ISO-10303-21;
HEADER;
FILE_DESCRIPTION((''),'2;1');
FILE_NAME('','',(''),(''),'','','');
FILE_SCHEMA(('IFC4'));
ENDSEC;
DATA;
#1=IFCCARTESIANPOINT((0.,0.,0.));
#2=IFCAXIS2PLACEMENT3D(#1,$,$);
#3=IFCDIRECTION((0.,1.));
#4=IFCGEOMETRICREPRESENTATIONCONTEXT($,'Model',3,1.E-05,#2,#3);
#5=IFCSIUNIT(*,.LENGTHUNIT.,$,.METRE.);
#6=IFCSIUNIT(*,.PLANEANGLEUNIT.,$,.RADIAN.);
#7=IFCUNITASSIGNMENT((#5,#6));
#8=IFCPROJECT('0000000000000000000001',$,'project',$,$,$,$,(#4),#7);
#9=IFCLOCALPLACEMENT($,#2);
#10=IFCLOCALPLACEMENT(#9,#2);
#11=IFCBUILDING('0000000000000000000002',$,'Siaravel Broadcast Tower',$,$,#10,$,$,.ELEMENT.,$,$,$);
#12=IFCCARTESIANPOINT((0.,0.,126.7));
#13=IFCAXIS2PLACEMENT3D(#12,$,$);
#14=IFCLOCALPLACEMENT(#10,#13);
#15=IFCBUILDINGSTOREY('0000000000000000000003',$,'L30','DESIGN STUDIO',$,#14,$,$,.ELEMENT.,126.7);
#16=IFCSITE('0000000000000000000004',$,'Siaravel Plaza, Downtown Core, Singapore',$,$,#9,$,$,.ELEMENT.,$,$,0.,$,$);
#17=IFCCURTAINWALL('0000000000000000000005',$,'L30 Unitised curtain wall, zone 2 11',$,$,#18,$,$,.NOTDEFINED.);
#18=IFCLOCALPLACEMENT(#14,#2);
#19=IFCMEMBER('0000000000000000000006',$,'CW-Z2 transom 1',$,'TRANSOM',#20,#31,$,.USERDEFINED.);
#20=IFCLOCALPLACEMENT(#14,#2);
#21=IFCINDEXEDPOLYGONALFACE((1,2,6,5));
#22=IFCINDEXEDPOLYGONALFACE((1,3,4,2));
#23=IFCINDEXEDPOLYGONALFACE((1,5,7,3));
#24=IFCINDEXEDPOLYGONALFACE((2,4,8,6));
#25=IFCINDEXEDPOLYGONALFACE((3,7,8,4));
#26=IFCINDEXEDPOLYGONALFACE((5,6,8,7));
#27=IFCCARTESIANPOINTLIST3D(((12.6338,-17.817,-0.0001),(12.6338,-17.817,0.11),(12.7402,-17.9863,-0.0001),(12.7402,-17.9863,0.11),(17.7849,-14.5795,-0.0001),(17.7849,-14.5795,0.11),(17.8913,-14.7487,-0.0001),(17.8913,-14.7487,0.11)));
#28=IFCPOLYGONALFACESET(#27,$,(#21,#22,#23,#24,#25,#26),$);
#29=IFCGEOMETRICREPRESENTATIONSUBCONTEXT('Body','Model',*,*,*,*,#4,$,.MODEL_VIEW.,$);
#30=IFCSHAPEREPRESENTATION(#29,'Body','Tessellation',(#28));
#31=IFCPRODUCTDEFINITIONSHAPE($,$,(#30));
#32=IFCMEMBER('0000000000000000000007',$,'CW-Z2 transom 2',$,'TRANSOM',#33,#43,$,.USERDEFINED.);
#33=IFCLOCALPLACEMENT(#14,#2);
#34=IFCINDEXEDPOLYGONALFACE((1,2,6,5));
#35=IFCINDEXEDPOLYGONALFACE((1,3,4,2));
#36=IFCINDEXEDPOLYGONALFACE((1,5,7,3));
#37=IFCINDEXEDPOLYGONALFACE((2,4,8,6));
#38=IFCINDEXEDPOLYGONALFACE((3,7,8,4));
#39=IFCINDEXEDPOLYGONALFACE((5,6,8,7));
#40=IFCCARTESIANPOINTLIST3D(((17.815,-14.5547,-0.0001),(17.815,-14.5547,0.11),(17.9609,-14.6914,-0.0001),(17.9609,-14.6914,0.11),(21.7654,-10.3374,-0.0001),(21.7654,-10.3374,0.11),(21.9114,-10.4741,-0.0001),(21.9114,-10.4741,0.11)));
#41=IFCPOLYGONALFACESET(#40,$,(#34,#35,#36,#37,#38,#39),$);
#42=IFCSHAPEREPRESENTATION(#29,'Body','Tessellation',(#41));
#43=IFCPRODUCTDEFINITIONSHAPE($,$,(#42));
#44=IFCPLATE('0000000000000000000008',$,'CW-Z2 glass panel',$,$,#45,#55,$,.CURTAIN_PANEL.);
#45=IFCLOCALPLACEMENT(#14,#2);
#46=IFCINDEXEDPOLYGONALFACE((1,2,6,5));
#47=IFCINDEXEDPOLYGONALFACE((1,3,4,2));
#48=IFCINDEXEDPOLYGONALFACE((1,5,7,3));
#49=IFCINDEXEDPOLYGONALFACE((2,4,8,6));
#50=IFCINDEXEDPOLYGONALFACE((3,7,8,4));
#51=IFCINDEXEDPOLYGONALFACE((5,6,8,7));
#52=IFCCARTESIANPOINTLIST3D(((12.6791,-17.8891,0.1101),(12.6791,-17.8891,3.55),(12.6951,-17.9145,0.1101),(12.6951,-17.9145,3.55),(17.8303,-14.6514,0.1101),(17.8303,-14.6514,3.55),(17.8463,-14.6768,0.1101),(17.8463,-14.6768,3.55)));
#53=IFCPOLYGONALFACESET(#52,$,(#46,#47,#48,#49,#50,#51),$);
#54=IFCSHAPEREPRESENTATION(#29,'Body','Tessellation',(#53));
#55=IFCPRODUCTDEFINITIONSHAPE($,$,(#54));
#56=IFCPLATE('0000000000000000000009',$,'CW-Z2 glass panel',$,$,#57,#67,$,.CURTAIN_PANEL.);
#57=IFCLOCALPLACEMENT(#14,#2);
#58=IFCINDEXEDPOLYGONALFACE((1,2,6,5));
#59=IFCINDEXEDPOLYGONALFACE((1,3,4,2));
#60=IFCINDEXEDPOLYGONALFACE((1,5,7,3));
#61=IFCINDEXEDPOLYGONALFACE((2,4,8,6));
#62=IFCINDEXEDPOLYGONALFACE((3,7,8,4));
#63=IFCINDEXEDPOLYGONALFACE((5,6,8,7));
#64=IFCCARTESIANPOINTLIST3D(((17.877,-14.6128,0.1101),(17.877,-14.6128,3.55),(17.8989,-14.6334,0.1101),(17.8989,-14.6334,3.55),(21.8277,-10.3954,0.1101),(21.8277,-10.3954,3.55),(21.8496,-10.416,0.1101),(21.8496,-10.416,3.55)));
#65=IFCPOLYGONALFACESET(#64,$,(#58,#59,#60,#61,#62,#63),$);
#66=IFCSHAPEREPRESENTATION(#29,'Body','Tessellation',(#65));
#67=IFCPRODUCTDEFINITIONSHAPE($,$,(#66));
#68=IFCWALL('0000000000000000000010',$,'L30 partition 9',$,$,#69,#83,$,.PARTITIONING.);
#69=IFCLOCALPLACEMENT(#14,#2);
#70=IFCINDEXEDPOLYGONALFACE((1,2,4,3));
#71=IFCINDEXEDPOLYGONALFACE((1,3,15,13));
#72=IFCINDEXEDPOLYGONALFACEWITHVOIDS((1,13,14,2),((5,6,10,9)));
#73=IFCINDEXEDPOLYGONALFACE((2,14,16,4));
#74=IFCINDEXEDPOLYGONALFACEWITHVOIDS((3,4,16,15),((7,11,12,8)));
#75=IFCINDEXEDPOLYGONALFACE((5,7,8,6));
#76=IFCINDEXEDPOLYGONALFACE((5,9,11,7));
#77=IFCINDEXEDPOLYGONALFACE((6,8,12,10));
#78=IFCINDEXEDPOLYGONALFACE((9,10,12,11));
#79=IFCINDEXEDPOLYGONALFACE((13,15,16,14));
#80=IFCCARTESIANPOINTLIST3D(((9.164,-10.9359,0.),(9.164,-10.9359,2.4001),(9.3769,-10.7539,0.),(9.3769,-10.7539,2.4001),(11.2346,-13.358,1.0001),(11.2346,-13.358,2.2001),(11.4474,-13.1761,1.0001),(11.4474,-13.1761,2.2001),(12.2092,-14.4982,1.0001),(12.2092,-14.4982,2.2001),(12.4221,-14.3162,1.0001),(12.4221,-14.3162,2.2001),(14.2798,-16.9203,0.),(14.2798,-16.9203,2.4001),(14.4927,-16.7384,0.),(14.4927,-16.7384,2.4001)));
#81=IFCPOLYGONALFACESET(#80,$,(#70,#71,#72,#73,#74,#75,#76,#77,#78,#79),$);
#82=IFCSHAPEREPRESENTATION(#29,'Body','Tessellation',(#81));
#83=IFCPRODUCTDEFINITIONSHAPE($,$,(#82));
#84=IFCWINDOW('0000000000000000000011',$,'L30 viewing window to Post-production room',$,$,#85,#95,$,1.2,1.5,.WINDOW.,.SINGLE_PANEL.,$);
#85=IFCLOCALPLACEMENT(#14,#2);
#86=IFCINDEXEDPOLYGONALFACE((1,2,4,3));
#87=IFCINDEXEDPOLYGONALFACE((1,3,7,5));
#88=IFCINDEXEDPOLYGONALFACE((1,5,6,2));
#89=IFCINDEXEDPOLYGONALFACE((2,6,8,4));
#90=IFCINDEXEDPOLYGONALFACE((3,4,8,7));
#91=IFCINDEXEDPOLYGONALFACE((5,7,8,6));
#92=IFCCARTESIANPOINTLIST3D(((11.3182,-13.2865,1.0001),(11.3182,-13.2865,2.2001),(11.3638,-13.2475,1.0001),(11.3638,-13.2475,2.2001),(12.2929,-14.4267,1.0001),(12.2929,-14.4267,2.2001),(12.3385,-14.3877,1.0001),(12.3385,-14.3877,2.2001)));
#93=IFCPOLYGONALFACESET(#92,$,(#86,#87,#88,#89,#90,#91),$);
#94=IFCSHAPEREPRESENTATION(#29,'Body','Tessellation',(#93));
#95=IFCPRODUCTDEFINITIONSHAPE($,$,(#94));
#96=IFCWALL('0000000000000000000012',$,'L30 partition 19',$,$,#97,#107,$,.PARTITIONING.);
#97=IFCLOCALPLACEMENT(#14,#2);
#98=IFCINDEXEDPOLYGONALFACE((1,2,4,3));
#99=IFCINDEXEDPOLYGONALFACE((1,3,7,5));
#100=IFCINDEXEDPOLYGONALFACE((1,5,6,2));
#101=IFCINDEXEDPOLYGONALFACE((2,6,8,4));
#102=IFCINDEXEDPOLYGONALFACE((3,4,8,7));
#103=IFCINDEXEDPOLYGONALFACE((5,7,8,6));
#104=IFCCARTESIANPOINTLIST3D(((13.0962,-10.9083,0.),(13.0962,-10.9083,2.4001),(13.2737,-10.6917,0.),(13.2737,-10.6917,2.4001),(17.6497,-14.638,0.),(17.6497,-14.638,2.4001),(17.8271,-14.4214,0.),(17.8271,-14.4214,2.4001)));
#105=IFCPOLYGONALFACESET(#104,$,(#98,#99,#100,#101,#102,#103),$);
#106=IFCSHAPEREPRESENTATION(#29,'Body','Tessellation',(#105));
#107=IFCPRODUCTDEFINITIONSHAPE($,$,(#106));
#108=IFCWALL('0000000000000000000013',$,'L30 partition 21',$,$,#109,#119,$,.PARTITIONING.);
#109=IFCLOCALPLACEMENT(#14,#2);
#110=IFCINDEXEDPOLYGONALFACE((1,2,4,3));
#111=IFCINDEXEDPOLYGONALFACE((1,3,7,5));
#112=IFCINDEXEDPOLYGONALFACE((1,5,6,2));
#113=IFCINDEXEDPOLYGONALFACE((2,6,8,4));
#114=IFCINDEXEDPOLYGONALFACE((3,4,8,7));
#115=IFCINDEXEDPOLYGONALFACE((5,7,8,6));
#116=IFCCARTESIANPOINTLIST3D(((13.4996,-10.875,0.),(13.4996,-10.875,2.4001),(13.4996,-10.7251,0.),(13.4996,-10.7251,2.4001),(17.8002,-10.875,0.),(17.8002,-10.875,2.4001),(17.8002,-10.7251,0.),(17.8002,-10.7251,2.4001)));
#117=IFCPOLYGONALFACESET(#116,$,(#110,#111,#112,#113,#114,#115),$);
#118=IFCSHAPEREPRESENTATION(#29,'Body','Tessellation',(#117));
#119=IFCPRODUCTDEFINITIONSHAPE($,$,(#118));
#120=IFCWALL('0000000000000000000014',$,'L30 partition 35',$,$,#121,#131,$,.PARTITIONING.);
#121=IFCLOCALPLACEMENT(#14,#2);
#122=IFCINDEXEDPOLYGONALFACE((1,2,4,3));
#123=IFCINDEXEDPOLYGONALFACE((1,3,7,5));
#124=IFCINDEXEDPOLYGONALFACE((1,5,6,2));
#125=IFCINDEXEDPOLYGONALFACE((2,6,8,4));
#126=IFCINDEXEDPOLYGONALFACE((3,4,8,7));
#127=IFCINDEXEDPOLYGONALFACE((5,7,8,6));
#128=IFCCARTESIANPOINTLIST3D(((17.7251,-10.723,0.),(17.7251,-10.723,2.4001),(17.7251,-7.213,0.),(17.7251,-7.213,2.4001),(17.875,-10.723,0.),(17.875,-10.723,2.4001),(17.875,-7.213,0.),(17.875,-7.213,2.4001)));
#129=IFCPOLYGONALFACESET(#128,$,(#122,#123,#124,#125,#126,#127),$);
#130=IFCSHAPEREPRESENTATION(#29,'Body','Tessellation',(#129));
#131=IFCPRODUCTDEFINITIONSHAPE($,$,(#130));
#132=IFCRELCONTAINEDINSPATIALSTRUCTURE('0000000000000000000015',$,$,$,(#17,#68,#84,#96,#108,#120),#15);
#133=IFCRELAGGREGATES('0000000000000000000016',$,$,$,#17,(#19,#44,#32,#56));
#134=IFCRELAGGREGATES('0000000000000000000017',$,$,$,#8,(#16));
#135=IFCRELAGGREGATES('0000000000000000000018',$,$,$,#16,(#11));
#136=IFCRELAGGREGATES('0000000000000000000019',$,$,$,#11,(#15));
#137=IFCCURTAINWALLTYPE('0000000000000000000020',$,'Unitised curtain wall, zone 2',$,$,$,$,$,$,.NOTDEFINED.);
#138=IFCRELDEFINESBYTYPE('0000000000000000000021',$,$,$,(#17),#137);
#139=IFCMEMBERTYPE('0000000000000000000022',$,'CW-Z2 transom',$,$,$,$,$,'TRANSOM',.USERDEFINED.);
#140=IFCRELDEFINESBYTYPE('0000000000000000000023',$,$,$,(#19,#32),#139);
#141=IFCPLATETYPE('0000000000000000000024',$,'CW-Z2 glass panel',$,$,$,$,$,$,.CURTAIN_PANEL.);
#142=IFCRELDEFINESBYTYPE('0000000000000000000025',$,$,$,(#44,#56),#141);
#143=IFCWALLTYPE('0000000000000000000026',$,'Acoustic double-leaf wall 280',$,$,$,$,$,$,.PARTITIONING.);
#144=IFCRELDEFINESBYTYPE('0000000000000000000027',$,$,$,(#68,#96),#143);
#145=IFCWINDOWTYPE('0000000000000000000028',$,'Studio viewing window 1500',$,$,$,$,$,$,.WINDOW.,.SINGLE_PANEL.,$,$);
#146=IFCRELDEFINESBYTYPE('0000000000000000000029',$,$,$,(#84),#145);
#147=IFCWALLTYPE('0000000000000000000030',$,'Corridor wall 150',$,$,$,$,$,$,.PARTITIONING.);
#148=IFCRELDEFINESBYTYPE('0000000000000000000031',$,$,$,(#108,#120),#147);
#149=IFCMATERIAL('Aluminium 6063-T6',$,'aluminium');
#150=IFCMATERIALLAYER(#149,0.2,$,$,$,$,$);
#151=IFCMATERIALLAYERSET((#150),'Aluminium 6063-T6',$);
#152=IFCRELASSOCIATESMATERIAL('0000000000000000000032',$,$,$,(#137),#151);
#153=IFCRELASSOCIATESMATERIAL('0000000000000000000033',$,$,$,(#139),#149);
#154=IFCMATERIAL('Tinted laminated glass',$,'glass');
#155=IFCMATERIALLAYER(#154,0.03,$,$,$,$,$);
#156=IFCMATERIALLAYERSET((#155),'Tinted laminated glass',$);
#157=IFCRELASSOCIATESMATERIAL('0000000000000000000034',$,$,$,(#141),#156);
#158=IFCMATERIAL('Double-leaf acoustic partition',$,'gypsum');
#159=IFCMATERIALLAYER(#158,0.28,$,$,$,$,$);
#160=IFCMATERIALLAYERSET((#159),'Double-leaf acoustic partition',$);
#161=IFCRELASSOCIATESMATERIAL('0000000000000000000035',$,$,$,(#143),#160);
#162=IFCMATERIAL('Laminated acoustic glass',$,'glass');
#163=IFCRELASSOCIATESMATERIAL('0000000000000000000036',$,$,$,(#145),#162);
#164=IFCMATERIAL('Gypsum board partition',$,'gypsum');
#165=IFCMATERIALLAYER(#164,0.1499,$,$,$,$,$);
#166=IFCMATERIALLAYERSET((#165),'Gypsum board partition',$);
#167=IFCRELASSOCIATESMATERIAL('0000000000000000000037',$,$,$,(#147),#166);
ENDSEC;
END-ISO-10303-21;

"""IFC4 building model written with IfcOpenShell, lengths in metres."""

from ifc_helpers import new_model, si_unit, direction, frame, frame_2d, origin, origin_2d, place, context, subcontext, project, spatial, rectangle, extrude, material, layer, layer_set, material_profile, profile_set, type_object, element, fill, aggregate, save


model = new_model("IFC4")

# Units and contexts
model_context = context("Model", 3, precision=1e-05, world=origin(), true_north=direction((0.0, 1.0)))
body_context = subcontext(model_context, "Body", "Model", "MODEL_VIEW")
ifc_project = project(units=[si_unit("LENGTHUNIT", "METRE"), si_unit("PLANEANGLEUNIT", "RADIAN")], contexts=[model_context])

# Site, building, storey
site_placement = place(None, origin())
site = spatial("IfcSite", under=ifc_project, at=site_placement, Name="Siaravel Plaza, Downtown Core, Singapore", CompositionType="ELEMENT", RefElevation=0.0)
building_placement = place(site_placement, origin())
building = spatial("IfcBuilding", under=site, at=building_placement, Name="Siaravel Broadcast Tower", CompositionType="ELEMENT")
storey_placement = place(building_placement, frame((0.0, 0.0, 126.7)))
storey = spatial("IfcBuildingStorey", under=building, at=storey_placement, Name="L30", Description="DESIGN STUDIO", CompositionType="ELEMENT", Elevation=126.7)

# Curtain wall
ifc_material_1 = material(Name="Aluminium 6063-T6", Category="aluminium")
ifc_layer_1 = layer(ifc_material_1, 0.2)
ifc_layer_set_1 = layer_set([ifc_layer_1], Name="Aluminium 6063-T6")
curtain_wall_type = type_object("IfcCurtainWallType", Name="Unitised curtain wall, zone 2", PredefinedType="NOTDEFINED", material=ifc_layer_set_1)
curtain_wall_1_placement = place(storey_placement, origin())
curtain_wall_1 = element("IfcCurtainWall", 1, at=curtain_wall_1_placement, inside=storey, type_object=curtain_wall_type, Name="L30 Unitised curtain wall, zone 2 11", PredefinedType="NOTDEFINED")

# Members
ifc_material_profile_1 = material_profile(ifc_material_1, rectangle(XDim=0.2, YDim=0.1101, at=origin_2d()))
ifc_profile_set_1 = profile_set([ifc_material_profile_1], Name="Aluminium 6063-T6")
member_type_1 = type_object("IfcMemberType", Name="CW-Z2 transom", ElementType="TRANSOM", PredefinedType="USERDEFINED", material=ifc_profile_set_1)
member_1_placement = place(storey_placement, frame((12.687, -17.9016, 0.0549), z_axis=(0.846659, 0.532136, 0.0), x_axis=(-0.532136, 0.846659, 0.0)))
member_1 = element("IfcMember", 2, at=member_1_placement, type_object=member_type_1, Name="CW-Z2 transom 1", ObjectType="TRANSOM", PredefinedType="USERDEFINED", context=body_context, shape_type="SweptSolid", body=[
    extrude(rectangle(XDim=0.2, YDim=0.1101, at=origin_2d()), origin(), (0.0, 0.0, 1.0), 6.084),
])
member_2_placement = place(storey_placement, frame((17.8879, -14.623, 0.0549), z_axis=(0.68364, 0.729819, 0.0), x_axis=(-0.729819, 0.68364, 0.0)))
member_2 = element("IfcMember", 3, at=member_2_placement, type_object=member_type_1, Name="CW-Z2 transom 2", ObjectType="TRANSOM", PredefinedType="USERDEFINED", context=body_context, shape_type="SweptSolid", body=[
    extrude(rectangle(XDim=0.2, YDim=0.1101, at=origin_2d()), origin(), (0.0, 0.0, 1.0), 5.7786),
])

# Plates
ifc_material_2 = material(Name="Tinted laminated glass", Category="glass")
ifc_layer_2 = layer(ifc_material_2, 0.03)
ifc_layer_set_2 = layer_set([ifc_layer_2], Name="Tinted laminated glass")
plate_type = type_object("IfcPlateType", Name="CW-Z2 glass panel", PredefinedType="CURTAIN_PANEL", material=ifc_layer_set_2)
plate_1_placement = place(storey_placement, frame((15.2627, -16.283, 0.1101), z_axis=(0.0, 0.0, 1.0), x_axis=(0.846651, 0.532149, 0.0)))
plate_1 = element("IfcPlate", 4, at=plate_1_placement, type_object=plate_type, Name="CW-Z2 glass panel", PredefinedType="CURTAIN_PANEL", context=body_context, shape_type="SweptSolid", body=[
    extrude(rectangle(XDim=6.0842, YDim=0.03, at=origin_2d()), origin(), (0.0, 0.0, 1.0), 3.4399),
])
plate_2_placement = place(storey_placement, frame((19.8633, -12.5144, 0.1101), z_axis=(0.0, 0.0, 1.0), x_axis=(0.683655, 0.729805, 0.0)))
plate_2 = element("IfcPlate", 5, at=plate_2_placement, type_object=plate_type, Name="CW-Z2 glass panel", PredefinedType="CURTAIN_PANEL", context=body_context, shape_type="SweptSolid", body=[
    extrude(rectangle(XDim=5.7788, YDim=0.03, at=origin_2d()), origin(), (0.0, 0.0, 1.0), 3.4399),
])
aggregate(curtain_wall_1, [member_1, plate_1, member_2, plate_2])

# Wall, opening, window
ifc_material_3 = material(Name="Double-leaf acoustic partition", Category="gypsum")
ifc_layer_3 = layer(ifc_material_3, 0.28)
ifc_layer_set_3 = layer_set([ifc_layer_3], Name="Double-leaf acoustic partition")
wall_type_1 = type_object("IfcWallType", Name="Acoustic double-leaf wall 280", PredefinedType="PARTITIONING", material=ifc_layer_set_3)
wall_1_placement = place(storey_placement, frame((14.3862, -16.8293, 0.0), z_axis=(0.0, 0.0, 1.0), x_axis=(-0.649785, 0.760118, 0.0)))
wall_1 = element("IfcWall", 6, at=wall_1_placement, inside=storey, type_object=wall_type_1, Name="L30 partition 9", PredefinedType="PARTITIONING", context=body_context, shape_type="SweptSolid", body=[
    extrude(rectangle(XDim=7.873, YDim=0.28, at=frame_2d((3.9365, 0.0))), origin(), (0.0, 0.0, 1.0), 2.4001),
])
opening_placement = place(wall_1_placement, frame((3.1865, 0.0, 1.0)))
opening = element("IfcOpeningElement", 7, at=opening_placement, cuts=wall_1, PredefinedType="OPENING", context=body_context, shape_type="SweptSolid", body=[
    extrude(rectangle(XDim=1.5, YDim=1.2, at=frame_2d((0.75, 0.6001))), frame((0.0, 0.1499, 0.0), z_axis=(0.0, -1.0, 0.0), x_axis=(1.0, 0.0, 0.0)), (0.0, 0.0, 1.0), 0.3),
])
ifc_material_4 = material(Name="Laminated acoustic glass", Category="glass")
window_type = type_object("IfcWindowType", Name="Studio viewing window 1500", PartitioningType="SINGLE_PANEL", PredefinedType="WINDOW", material=ifc_material_4)
window_placement = place(opening_placement, origin())
window = element("IfcWindow", 8, at=window_placement, inside=storey, type_object=window_type, Name="L30 viewing window to Post-production room", OverallHeight=1.2, OverallWidth=1.5, PartitioningType="SINGLE_PANEL", PredefinedType="WINDOW", context=body_context, shape_type="SweptSolid", body=[
    extrude(rectangle(XDim=1.5, YDim=1.2, at=frame_2d((0.75, 0.6001))), frame((0.0, 0.03, 0.0), z_axis=(0.0, -1.0, 0.0), x_axis=(1.0, 0.0, 0.0)), (0.0, 0.0, 1.0), 0.0601),
])
fill(opening, window)

# Walls
wall_2_placement = place(storey_placement, frame((13.1851, -10.8, 0.0), z_axis=(0.0, 0.0, 1.0), x_axis=(0.77361, -0.633662, 0.0)))
element("IfcWall", 9, at=wall_2_placement, inside=storey, type_object=wall_type_1, Name="L30 partition 19", PredefinedType="PARTITIONING", context=body_context, shape_type="SweptSolid", body=[
    extrude(rectangle(XDim=5.886, YDim=0.28, at=frame_2d((2.9429, 0.0))), origin(), (0.0, 0.0, 1.0), 2.4001),
])
ifc_material_5 = material(Name="Gypsum board partition", Category="gypsum")
ifc_layer_4 = layer(ifc_material_5, 0.1499)
ifc_layer_set_4 = layer_set([ifc_layer_4], Name="Gypsum board partition")
wall_type_2 = type_object("IfcWallType", Name="Corridor wall 150", PredefinedType="PARTITIONING", material=ifc_layer_set_4)
wall_3_placement = place(storey_placement, frame((13.4995, -10.8, 0.0), z_axis=(0.0, 0.0, 1.0), x_axis=(1.0, 0.0, 0.0)))
element("IfcWall", 10, at=wall_3_placement, inside=storey, type_object=wall_type_2, Name="L30 partition 21", PredefinedType="PARTITIONING", context=body_context, shape_type="SweptSolid", body=[
    extrude(rectangle(XDim=4.3005, YDim=0.1499, at=frame_2d((2.1504, 0.0))), origin(), (0.0, 0.0, 1.0), 2.4001),
])
wall_4_placement = place(storey_placement, frame((17.8, -10.7229, 0.0), z_axis=(0.0, 0.0, 1.0), x_axis=(0.0, 1.0, 0.0)))
element("IfcWall", 11, at=wall_4_placement, inside=storey, type_object=wall_type_2, Name="L30 partition 35", PredefinedType="PARTITIONING", context=body_context, shape_type="SweptSolid", body=[
    extrude(rectangle(XDim=3.51, YDim=0.1499, at=frame_2d((1.7549, 0.0))), origin(), (0.0, 0.0, 1.0), 2.4001),
])

save(model, "model.ifc")
